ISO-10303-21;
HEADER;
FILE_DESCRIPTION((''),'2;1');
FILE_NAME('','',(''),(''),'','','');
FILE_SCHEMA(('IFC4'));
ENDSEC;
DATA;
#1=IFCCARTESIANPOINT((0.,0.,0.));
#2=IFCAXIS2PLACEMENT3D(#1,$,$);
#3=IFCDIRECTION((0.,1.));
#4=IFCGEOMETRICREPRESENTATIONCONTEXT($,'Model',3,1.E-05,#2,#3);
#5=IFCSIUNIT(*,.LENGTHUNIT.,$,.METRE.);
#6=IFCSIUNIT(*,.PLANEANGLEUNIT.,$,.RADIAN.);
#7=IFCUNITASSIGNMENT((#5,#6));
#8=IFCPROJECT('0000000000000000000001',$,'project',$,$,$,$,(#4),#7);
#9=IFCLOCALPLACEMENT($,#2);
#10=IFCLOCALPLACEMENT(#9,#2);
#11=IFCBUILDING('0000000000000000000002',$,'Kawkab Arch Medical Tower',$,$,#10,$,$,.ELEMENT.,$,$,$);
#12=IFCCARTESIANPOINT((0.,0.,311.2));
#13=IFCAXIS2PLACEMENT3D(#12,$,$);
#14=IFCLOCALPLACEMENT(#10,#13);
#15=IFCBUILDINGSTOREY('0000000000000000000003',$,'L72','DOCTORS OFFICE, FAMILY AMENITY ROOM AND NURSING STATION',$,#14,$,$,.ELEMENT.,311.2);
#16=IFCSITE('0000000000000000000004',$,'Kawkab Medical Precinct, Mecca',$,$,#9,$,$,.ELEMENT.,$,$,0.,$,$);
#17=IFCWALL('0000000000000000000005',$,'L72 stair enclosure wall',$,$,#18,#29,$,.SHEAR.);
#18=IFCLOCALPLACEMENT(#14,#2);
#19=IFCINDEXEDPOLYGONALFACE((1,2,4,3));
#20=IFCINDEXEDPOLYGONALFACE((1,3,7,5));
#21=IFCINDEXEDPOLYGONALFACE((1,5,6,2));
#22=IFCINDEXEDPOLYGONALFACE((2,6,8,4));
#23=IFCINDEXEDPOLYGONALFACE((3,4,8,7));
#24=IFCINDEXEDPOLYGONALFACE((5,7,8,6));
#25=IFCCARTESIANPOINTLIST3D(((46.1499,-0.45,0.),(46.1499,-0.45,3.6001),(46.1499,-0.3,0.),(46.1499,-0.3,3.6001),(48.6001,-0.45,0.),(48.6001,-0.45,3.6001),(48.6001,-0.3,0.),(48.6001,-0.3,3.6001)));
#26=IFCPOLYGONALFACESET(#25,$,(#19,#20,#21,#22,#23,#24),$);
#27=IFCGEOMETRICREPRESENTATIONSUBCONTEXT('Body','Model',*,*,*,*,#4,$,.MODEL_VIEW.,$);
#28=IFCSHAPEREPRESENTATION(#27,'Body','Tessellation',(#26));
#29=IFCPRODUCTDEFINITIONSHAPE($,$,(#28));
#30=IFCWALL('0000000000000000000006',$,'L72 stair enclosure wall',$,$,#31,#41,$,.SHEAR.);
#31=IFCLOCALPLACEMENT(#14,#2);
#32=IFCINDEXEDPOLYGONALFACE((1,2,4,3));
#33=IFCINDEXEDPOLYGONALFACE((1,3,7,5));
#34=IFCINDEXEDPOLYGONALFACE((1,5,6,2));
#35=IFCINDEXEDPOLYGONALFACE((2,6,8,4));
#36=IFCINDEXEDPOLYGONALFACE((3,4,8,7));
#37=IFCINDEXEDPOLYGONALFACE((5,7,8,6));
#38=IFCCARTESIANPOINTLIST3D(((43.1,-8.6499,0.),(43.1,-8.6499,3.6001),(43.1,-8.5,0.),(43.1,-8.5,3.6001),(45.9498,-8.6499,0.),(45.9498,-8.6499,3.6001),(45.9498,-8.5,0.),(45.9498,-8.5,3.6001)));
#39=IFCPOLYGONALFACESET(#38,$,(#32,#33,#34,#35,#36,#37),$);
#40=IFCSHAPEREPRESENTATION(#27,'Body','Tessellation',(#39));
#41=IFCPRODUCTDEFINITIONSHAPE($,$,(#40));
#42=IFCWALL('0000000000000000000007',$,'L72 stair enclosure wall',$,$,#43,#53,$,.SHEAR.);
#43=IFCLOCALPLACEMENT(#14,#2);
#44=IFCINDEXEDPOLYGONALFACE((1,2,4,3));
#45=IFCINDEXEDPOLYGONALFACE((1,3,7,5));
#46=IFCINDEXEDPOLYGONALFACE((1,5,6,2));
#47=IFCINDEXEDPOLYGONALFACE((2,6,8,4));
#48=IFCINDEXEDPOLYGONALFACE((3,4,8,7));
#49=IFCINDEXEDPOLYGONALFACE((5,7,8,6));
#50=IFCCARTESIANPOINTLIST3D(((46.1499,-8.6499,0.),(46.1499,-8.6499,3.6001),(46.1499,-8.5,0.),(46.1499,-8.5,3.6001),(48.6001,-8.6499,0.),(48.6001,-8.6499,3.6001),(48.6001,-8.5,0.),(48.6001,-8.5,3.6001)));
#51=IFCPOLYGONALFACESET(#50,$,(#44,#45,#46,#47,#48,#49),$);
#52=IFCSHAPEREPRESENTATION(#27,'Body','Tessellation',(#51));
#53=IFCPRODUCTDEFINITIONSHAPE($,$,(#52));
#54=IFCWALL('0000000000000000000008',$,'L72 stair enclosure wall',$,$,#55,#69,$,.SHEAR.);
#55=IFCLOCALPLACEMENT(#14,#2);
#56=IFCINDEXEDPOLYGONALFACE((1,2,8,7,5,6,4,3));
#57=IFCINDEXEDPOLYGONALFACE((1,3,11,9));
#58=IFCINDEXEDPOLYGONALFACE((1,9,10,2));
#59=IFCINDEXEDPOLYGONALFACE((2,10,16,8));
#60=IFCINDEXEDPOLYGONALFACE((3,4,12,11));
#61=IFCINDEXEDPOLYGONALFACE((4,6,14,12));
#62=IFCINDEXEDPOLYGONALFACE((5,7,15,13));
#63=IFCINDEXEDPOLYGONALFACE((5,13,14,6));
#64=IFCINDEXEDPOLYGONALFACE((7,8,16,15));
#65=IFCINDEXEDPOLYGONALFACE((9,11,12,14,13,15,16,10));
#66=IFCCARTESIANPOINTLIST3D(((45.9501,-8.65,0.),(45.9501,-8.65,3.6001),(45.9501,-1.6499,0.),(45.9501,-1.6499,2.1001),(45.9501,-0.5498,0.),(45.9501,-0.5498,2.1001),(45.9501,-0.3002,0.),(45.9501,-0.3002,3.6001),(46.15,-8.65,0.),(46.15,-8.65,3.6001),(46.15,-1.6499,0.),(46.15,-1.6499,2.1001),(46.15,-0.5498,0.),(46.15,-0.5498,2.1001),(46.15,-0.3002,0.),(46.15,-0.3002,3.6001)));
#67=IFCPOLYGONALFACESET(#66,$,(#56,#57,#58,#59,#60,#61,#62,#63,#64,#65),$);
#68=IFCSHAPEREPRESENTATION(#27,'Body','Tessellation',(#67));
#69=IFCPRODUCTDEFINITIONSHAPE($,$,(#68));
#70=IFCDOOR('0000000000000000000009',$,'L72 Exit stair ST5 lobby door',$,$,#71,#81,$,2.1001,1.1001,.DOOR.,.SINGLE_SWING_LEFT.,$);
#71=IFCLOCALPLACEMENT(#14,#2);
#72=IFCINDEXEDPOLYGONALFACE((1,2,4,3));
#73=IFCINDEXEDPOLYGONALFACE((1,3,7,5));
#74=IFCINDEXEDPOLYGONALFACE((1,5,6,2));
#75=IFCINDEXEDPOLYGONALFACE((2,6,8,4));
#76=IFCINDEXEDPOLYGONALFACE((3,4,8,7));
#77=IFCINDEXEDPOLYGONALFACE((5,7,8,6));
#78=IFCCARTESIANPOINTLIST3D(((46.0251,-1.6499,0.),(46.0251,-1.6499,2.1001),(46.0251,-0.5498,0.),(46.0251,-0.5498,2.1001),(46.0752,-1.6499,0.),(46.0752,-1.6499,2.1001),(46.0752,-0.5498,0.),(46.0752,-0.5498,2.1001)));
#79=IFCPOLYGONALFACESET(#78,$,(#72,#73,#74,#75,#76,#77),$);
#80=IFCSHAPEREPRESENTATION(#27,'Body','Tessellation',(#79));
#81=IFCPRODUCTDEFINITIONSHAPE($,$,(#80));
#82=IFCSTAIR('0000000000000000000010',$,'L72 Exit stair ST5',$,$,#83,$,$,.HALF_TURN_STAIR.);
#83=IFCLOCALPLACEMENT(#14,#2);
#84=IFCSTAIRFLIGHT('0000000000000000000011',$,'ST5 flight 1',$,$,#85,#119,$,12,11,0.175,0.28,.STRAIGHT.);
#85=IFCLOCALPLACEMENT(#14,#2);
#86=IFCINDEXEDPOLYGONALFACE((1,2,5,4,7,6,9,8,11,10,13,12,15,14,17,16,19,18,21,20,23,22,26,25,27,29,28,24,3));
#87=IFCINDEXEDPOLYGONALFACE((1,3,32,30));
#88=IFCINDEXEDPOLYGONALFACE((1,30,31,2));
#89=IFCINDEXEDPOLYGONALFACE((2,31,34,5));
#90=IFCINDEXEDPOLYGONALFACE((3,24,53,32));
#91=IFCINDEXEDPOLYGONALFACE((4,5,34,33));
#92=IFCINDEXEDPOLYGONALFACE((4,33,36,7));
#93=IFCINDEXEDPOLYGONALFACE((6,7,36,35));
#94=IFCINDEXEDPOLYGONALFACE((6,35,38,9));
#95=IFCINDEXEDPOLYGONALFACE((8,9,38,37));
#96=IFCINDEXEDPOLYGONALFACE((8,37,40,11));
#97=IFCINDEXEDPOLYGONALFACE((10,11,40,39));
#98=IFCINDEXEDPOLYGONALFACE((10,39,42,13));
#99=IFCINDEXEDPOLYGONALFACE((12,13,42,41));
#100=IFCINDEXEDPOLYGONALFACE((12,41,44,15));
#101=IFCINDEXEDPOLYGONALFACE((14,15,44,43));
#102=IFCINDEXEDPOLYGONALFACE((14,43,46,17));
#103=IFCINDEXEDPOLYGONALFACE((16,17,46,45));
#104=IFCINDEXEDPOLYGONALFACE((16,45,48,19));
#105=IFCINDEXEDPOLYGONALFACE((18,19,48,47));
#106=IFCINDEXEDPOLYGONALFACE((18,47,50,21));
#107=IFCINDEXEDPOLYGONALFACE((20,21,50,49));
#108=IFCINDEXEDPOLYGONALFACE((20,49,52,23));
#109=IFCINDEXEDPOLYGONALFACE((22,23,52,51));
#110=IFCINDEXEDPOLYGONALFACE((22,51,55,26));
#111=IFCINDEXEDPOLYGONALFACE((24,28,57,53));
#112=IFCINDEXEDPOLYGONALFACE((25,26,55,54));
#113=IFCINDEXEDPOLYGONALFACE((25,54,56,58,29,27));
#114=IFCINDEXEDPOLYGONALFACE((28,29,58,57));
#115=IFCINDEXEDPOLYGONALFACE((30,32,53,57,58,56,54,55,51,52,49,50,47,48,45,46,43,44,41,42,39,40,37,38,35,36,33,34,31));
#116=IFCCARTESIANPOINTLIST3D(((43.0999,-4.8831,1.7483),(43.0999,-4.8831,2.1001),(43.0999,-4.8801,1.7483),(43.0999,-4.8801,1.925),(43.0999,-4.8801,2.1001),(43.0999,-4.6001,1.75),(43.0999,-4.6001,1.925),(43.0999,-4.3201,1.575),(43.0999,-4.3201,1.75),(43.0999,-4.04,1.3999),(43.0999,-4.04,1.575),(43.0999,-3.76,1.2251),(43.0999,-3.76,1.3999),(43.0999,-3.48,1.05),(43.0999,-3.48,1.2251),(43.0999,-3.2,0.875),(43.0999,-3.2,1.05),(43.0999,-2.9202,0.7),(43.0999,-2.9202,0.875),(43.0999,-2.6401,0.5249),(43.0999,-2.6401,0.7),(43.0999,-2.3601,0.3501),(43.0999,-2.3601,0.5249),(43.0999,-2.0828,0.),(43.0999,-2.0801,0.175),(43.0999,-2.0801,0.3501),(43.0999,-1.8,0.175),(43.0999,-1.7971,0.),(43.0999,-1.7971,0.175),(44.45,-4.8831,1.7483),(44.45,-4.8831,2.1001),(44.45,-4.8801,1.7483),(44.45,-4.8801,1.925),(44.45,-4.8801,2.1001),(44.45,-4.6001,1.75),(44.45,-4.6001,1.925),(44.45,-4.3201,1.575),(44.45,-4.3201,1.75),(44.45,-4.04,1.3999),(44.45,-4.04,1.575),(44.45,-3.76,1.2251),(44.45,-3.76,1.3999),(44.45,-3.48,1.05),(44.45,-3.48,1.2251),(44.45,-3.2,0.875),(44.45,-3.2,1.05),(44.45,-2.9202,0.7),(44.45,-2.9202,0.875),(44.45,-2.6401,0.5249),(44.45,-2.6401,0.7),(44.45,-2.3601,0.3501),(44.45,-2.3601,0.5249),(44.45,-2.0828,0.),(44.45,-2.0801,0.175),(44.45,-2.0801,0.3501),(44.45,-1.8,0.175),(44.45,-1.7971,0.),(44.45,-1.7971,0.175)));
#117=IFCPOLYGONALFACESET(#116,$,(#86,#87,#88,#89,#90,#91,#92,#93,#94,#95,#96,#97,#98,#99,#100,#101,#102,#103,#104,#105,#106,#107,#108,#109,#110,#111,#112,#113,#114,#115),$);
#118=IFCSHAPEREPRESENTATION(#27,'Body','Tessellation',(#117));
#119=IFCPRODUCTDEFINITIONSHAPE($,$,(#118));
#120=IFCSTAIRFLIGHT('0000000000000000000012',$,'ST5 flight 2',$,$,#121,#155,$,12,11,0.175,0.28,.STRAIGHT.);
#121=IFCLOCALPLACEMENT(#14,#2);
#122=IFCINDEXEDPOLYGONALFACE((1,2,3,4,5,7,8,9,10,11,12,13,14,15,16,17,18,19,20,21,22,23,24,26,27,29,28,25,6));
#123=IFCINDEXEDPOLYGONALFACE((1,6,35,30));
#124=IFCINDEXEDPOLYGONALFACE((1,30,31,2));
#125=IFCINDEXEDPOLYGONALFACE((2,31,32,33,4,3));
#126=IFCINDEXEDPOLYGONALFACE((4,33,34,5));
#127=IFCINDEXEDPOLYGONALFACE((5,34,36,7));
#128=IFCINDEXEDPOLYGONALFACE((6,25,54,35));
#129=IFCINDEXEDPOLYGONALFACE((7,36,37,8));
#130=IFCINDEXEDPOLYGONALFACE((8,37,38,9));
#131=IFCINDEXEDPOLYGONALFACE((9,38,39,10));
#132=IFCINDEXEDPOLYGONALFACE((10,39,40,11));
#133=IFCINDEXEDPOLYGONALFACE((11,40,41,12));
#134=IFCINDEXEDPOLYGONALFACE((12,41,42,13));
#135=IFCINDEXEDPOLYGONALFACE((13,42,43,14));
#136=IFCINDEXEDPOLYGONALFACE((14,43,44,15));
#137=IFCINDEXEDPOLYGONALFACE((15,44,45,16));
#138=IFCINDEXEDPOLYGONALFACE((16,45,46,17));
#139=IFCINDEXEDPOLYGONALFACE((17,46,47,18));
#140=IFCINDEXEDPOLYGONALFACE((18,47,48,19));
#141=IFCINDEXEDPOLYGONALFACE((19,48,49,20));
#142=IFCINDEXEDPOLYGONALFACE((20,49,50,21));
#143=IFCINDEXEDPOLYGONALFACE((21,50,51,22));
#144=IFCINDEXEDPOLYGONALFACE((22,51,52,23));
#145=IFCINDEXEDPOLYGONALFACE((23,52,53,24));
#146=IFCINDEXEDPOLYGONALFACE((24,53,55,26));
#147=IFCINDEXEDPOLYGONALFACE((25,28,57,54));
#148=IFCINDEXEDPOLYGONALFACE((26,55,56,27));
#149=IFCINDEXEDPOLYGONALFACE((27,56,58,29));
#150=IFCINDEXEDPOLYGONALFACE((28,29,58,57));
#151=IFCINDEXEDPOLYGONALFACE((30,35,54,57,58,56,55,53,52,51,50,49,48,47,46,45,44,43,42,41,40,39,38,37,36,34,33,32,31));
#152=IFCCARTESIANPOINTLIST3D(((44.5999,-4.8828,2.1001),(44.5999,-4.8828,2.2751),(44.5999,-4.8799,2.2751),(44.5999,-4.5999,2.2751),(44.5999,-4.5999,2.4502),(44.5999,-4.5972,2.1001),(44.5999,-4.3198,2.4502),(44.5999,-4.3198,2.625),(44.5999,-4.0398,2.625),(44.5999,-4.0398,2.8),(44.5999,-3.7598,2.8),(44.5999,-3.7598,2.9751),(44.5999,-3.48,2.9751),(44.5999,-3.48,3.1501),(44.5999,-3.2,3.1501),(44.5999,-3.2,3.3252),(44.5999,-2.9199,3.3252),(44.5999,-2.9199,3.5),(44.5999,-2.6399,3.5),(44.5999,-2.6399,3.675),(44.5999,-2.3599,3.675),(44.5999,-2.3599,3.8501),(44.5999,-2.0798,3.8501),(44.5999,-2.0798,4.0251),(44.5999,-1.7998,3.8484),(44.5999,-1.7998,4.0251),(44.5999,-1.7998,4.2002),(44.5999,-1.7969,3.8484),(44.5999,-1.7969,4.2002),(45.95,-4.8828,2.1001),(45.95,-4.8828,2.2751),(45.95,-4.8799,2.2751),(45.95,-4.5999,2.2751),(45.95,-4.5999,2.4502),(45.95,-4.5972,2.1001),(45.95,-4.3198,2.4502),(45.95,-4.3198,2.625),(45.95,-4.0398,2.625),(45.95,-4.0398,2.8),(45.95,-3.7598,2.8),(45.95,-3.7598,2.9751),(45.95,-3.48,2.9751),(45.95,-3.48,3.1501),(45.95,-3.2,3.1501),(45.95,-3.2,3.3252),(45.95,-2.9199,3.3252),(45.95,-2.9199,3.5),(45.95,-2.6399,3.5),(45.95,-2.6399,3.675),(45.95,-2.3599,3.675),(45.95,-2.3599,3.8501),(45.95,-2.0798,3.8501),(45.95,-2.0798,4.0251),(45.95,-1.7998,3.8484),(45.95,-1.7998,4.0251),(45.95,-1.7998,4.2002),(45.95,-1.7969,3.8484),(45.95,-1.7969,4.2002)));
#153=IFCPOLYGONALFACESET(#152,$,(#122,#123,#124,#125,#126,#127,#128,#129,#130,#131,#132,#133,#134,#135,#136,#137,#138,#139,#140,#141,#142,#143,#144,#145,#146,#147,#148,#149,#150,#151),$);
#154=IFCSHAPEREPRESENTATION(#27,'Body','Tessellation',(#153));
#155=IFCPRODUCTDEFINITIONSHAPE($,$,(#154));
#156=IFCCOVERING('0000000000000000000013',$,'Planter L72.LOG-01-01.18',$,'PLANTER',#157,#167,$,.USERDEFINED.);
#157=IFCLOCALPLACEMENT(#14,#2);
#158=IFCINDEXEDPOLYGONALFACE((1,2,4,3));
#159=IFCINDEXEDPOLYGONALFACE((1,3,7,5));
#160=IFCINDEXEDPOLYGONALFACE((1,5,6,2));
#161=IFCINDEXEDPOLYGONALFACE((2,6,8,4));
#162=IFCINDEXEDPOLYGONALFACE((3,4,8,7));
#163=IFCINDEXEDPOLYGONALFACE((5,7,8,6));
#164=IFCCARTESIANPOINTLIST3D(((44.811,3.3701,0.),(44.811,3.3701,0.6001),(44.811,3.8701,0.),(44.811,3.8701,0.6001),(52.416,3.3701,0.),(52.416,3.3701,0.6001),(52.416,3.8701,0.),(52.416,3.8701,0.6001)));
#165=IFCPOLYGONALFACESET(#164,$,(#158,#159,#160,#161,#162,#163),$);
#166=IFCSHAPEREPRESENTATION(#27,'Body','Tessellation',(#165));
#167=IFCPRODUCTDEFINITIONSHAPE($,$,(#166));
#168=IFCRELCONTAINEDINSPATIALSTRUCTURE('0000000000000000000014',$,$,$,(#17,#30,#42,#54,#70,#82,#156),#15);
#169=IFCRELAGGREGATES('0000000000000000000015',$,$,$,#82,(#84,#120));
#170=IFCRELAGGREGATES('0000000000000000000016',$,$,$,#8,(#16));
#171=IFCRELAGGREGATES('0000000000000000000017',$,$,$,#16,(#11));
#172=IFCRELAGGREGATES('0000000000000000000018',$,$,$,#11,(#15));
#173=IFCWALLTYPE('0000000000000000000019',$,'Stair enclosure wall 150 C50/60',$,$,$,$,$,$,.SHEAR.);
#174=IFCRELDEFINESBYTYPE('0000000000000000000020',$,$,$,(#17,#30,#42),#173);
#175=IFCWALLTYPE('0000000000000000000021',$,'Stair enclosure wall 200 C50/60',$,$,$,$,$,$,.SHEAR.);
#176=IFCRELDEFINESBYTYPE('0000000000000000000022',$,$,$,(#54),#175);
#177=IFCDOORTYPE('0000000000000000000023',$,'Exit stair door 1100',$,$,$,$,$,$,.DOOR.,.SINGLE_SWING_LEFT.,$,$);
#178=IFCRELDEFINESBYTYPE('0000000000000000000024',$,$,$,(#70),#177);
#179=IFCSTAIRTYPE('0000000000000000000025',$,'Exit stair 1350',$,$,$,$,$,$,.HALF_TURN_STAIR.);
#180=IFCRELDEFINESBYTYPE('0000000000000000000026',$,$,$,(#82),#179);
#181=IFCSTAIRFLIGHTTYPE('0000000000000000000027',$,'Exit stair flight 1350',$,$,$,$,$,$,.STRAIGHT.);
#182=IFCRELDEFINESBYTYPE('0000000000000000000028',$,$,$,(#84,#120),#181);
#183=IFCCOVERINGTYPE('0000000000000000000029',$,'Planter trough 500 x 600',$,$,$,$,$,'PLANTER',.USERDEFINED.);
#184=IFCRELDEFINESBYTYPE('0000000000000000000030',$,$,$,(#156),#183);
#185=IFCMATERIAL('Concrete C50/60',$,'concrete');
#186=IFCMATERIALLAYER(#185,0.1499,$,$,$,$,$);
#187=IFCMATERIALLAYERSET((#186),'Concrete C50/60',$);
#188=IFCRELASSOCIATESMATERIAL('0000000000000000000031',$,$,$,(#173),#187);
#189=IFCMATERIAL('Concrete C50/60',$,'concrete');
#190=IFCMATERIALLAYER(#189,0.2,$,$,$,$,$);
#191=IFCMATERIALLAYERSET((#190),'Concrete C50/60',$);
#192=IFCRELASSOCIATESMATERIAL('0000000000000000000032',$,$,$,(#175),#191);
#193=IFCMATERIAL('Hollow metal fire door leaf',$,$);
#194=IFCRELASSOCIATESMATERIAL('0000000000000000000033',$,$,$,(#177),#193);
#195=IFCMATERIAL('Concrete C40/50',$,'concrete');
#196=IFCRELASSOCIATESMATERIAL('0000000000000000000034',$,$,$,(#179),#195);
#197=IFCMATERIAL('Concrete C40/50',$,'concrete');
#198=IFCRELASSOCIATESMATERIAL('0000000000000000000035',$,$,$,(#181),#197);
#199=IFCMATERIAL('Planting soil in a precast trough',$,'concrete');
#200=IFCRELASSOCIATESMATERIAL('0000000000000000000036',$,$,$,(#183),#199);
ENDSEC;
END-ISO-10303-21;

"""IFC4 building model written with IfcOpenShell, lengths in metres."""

from ifc_helpers import new_model, si_unit, direction, frame, frame_2d, origin, origin_2d, place, context, subcontext, project, spatial, polyline, rectangle, outline, extrude, material, layer, layer_set, material_profile, profile_set, type_object, element, fill, aggregate, save


model = new_model("IFC4")

# Units and contexts
model_context = context("Model", 3, precision=1e-05, world=origin(), true_north=direction((0.0, 1.0)))
body_context = subcontext(model_context, "Body", "Model", "MODEL_VIEW")
ifc_project = project(units=[si_unit("LENGTHUNIT", "METRE"), si_unit("PLANEANGLEUNIT", "RADIAN")], contexts=[model_context])

# Site, building, storey
site_placement = place(None, origin())
site = spatial("IfcSite", under=ifc_project, at=site_placement, Name="Kawkab Medical Precinct, Mecca", CompositionType="ELEMENT", RefElevation=0.0)
building_placement = place(site_placement, origin())
building = spatial("IfcBuilding", under=site, at=building_placement, Name="Kawkab Arch Medical Tower", CompositionType="ELEMENT")
storey_placement = place(building_placement, frame((0.0, 0.0, 311.2)))
storey = spatial("IfcBuildingStorey", under=building, at=storey_placement, Name="L72", Description="DOCTORS OFFICE, FAMILY AMENITY ROOM AND NURSING STATION", CompositionType="ELEMENT", Elevation=311.2)

# Shared definitions
placement = place(storey_placement, origin())

# Walls
ifc_material_1 = material(Name="Concrete C50/60", Category="concrete")
ifc_layer_1 = layer(ifc_material_1, 0.1499)
ifc_layer_set_1 = layer_set([ifc_layer_1], Name="Concrete C50/60")
wall_type_1 = type_object("IfcWallType", Name="Stair enclosure wall 150 C50/60", PredefinedType="SHEAR", material=ifc_layer_set_1)
wall_1_placement = place(storey_placement, frame((46.1499, -0.375, 0.0), z_axis=(0.0, 0.0, 1.0), x_axis=(1.0, 0.0, 0.0)))
element("IfcWall", 1, at=wall_1_placement, inside=storey, type_object=wall_type_1, Name="L72 stair enclosure wall", PredefinedType="SHEAR", context=body_context, shape_type="SweptSolid", body=[
    extrude(rectangle(XDim=2.4502, YDim=0.1499, at=frame_2d((1.2251, 0.0))), origin(), (0.0, 0.0, 1.0), 3.6001),
])
wall_2_placement = place(storey_placement, frame((43.1001, -8.575, 0.0), z_axis=(0.0, 0.0, 1.0), x_axis=(1.0, 0.0, 0.0)))
element("IfcWall", 2, at=wall_2_placement, inside=storey, type_object=wall_type_1, Name="L72 stair enclosure wall", PredefinedType="SHEAR", context=body_context, shape_type="SweptSolid", body=[
    extrude(rectangle(XDim=2.8499, YDim=0.1499, at=frame_2d((1.4248, 0.0))), origin(), (0.0, 0.0, 1.0), 3.6001),
])
wall_3_placement = place(storey_placement, frame((46.1499, -8.575, 0.0), z_axis=(0.0, 0.0, 1.0), x_axis=(1.0, 0.0, 0.0)))
element("IfcWall", 3, at=wall_3_placement, inside=storey, type_object=wall_type_1, Name="L72 stair enclosure wall", PredefinedType="SHEAR", context=body_context, shape_type="SweptSolid", body=[
    extrude(rectangle(XDim=2.4502, YDim=0.1499, at=frame_2d((1.2251, 0.0))), origin(), (0.0, 0.0, 1.0), 3.6001),
])

# Wall, opening, door
ifc_material_2 = material(Name="Concrete C50/60", Category="concrete")
ifc_layer_2 = layer(ifc_material_2, 0.2)
ifc_layer_set_2 = layer_set([ifc_layer_2], Name="Concrete C50/60")
wall_type_2 = type_object("IfcWallType", Name="Stair enclosure wall 200 C50/60", PredefinedType="SHEAR", material=ifc_layer_set_2)
wall_4_placement = place(storey_placement, frame((46.05, -8.6499, 0.0), z_axis=(0.0, 0.0, 1.0), x_axis=(0.0, 1.0, 0.0)))
wall_4 = element("IfcWall", 4, at=wall_4_placement, inside=storey, type_object=wall_type_2, Name="L72 stair enclosure wall", PredefinedType="SHEAR", context=body_context, shape_type="SweptSolid", body=[
    extrude(rectangle(XDim=8.3499, YDim=0.2, at=frame_2d((4.1748, 0.0))), origin(), (0.0, 0.0, 1.0), 3.6001),
])
opening_1_placement = place(wall_4_placement, frame((7.0, 0.0, 0.0)))
opening_1 = element("IfcOpeningElement", 5, at=opening_1_placement, cuts=wall_4, PredefinedType="OPENING", context=body_context, shape_type="SweptSolid", body=[
    extrude(rectangle(XDim=1.1001, YDim=2.1001, at=frame_2d((0.55, 1.05))), frame((0.0, 0.1099, 0.0), z_axis=(0.0, -1.0, 0.0), x_axis=(1.0, 0.0, 0.0)), (0.0, 0.0, 1.0), 0.22),
])
ifc_material_3 = material(Name="Hollow metal fire door leaf")
door_type_1 = type_object("IfcDoorType", Name="Exit stair door 1100", OperationType="SINGLE_SWING_LEFT", PredefinedType="DOOR", material=ifc_material_3)
door_1_placement = place(opening_1_placement, origin())
door_1 = element("IfcDoor", 6, at=door_1_placement, inside=storey, type_object=door_type_1, Name="L72 Exit stair ST5 lobby door", OperationType="SINGLE_SWING_LEFT", OverallHeight=2.1001, OverallWidth=1.1001, PredefinedType="DOOR", context=body_context, shape_type="SweptSolid", body=[
    extrude(rectangle(XDim=1.1001, YDim=2.1001, at=frame_2d((0.55, 1.05))), frame((0.0, 0.0249, 0.0), z_axis=(0.0, -1.0, 0.0), x_axis=(1.0, 0.0, 0.0)), (0.0, 0.0, 1.0), 0.05),
])
fill(opening_1, door_1)

# Stair, stair flights
ifc_material_4 = material(Name="Concrete C40/50", Category="concrete")
stair_type = type_object("IfcStairType", Name="Exit stair 1350", PredefinedType="HALF_TURN_STAIR", material=ifc_material_4)
stair = element("IfcStair", 7, at=placement, inside=storey, type_object=stair_type, Name="L72 Exit stair ST5", PredefinedType="HALF_TURN_STAIR")
ifc_material_5 = material(Name="Concrete C40/50", Category="concrete")
stair_flight_type = type_object("IfcStairFlightType", Name="Exit stair flight 1350", PredefinedType="STRAIGHT", material=ifc_material_5)
stair_flight_1_placement = place(storey_placement, frame((43.7749, -1.8, 0.0), z_axis=(0.0, 0.0, 1.0), x_axis=(0.0, -1.0, 0.0)))
stair_flight_1 = element("IfcStairFlight", 8, at=stair_flight_1_placement, type_object=stair_flight_type, Name="ST5 flight 1", NumberOfRisers=12, NumberOfTreads=11, PredefinedType="STRAIGHT", RiserHeight=0.175, TreadLength=0.28, context=body_context, shape_type="SweptSolid", body=[
    extrude(outline(polyline([(-0.0029, 0.0), (-0.0029, 0.175), (0.0, 0.175), (0.28, 0.175), (0.28, 0.3501), (0.5601, 0.3501), (0.5601, 0.5249), (0.8401, 0.5249), (0.8401, 0.7), (1.1201, 0.7), (1.1201, 0.875), (1.3999, 0.875), (1.3999, 1.05), (1.6799, 1.05), (1.6799, 1.2251), (1.96, 1.2251), (1.96, 1.3999), (2.24, 1.3999), (2.24, 1.575), (2.52, 1.575), (2.52, 1.75), (2.8, 1.75), (2.8, 1.925), (3.0801, 1.925), (3.0801, 2.1001), (3.083, 2.1001), (3.083, 1.7483), (3.0801, 1.7483), (0.2827, 0.0), (-0.0029, 0.0)])), frame((0.0, 0.675, 0.0), z_axis=(0.0, -1.0, 0.0), x_axis=(1.0, 0.0, 0.0)), (0.0, 0.0, 1.0), 1.3501),
])
stair_flight_2_placement = place(storey_placement, frame((45.2749, -4.8799, 2.1001), z_axis=(0.0, 0.0, 1.0), x_axis=(0.0, 1.0, 0.0)))
stair_flight_2 = element("IfcStairFlight", 9, at=stair_flight_2_placement, type_object=stair_flight_type, Name="ST5 flight 2", NumberOfRisers=12, NumberOfTreads=11, PredefinedType="STRAIGHT", RiserHeight=0.175, TreadLength=0.28, context=body_context, shape_type="SweptSolid", body=[
    extrude(outline(polyline([(-0.0029, 0.0), (-0.0029, 0.175), (0.0, 0.175), (0.28, 0.175), (0.28, 0.3501), (0.5601, 0.3501), (0.5601, 0.5249), (0.8401, 0.5249), (0.8401, 0.7), (1.1201, 0.7), (1.1201, 0.875), (1.3999, 0.875), (1.3999, 1.05), (1.6799, 1.05), (1.6799, 1.2251), (1.96, 1.2251), (1.96, 1.3999), (2.24, 1.3999), (2.24, 1.575), (2.52, 1.575), (2.52, 1.75), (2.8, 1.75), (2.8, 1.925), (3.0801, 1.925), (3.0801, 2.1001), (3.083, 2.1001), (3.083, 1.7483), (3.0801, 1.7483), (0.2827, 0.0), (-0.0029, 0.0)])), frame((0.0, 0.675, 0.0), z_axis=(0.0, -1.0, 0.0), x_axis=(1.0, 0.0, 0.0)), (0.0, 0.0, 1.0), 1.3501),
])
aggregate(stair, [stair_flight_1, stair_flight_2])

# Covering
ifc_material_6 = material(Name="Planting soil in a precast trough", Category="concrete")
ifc_material_profile_1 = material_profile(ifc_material_6, rectangle(XDim=0.5, YDim=0.6001, at=origin_2d()), Name="Trough 500x600")
ifc_profile_set_1 = profile_set([ifc_material_profile_1], Name="Planting soil in a precast trough")
covering_type = type_object("IfcCoveringType", Name="Planter trough 500 x 600", ElementType="PLANTER", PredefinedType="USERDEFINED", material=ifc_profile_set_1)
covering_placement = place(storey_placement, frame((44.811, 3.6201, 0.3), z_axis=(1.0, 0.0, 0.0), x_axis=(0.0, 1.0, 0.0)))
element("IfcCovering", 10, at=covering_placement, inside=storey, type_object=covering_type, Name="Planter L72.LOG-01-01.18", ObjectType="PLANTER", PredefinedType="USERDEFINED", context=body_context, shape_type="SweptSolid", body=[
    extrude(rectangle(XDim=0.5, YDim=0.6001, at=origin_2d()), origin(), (0.0, 0.0, 1.0), 7.605),
])

save(model, "model.ifc")
